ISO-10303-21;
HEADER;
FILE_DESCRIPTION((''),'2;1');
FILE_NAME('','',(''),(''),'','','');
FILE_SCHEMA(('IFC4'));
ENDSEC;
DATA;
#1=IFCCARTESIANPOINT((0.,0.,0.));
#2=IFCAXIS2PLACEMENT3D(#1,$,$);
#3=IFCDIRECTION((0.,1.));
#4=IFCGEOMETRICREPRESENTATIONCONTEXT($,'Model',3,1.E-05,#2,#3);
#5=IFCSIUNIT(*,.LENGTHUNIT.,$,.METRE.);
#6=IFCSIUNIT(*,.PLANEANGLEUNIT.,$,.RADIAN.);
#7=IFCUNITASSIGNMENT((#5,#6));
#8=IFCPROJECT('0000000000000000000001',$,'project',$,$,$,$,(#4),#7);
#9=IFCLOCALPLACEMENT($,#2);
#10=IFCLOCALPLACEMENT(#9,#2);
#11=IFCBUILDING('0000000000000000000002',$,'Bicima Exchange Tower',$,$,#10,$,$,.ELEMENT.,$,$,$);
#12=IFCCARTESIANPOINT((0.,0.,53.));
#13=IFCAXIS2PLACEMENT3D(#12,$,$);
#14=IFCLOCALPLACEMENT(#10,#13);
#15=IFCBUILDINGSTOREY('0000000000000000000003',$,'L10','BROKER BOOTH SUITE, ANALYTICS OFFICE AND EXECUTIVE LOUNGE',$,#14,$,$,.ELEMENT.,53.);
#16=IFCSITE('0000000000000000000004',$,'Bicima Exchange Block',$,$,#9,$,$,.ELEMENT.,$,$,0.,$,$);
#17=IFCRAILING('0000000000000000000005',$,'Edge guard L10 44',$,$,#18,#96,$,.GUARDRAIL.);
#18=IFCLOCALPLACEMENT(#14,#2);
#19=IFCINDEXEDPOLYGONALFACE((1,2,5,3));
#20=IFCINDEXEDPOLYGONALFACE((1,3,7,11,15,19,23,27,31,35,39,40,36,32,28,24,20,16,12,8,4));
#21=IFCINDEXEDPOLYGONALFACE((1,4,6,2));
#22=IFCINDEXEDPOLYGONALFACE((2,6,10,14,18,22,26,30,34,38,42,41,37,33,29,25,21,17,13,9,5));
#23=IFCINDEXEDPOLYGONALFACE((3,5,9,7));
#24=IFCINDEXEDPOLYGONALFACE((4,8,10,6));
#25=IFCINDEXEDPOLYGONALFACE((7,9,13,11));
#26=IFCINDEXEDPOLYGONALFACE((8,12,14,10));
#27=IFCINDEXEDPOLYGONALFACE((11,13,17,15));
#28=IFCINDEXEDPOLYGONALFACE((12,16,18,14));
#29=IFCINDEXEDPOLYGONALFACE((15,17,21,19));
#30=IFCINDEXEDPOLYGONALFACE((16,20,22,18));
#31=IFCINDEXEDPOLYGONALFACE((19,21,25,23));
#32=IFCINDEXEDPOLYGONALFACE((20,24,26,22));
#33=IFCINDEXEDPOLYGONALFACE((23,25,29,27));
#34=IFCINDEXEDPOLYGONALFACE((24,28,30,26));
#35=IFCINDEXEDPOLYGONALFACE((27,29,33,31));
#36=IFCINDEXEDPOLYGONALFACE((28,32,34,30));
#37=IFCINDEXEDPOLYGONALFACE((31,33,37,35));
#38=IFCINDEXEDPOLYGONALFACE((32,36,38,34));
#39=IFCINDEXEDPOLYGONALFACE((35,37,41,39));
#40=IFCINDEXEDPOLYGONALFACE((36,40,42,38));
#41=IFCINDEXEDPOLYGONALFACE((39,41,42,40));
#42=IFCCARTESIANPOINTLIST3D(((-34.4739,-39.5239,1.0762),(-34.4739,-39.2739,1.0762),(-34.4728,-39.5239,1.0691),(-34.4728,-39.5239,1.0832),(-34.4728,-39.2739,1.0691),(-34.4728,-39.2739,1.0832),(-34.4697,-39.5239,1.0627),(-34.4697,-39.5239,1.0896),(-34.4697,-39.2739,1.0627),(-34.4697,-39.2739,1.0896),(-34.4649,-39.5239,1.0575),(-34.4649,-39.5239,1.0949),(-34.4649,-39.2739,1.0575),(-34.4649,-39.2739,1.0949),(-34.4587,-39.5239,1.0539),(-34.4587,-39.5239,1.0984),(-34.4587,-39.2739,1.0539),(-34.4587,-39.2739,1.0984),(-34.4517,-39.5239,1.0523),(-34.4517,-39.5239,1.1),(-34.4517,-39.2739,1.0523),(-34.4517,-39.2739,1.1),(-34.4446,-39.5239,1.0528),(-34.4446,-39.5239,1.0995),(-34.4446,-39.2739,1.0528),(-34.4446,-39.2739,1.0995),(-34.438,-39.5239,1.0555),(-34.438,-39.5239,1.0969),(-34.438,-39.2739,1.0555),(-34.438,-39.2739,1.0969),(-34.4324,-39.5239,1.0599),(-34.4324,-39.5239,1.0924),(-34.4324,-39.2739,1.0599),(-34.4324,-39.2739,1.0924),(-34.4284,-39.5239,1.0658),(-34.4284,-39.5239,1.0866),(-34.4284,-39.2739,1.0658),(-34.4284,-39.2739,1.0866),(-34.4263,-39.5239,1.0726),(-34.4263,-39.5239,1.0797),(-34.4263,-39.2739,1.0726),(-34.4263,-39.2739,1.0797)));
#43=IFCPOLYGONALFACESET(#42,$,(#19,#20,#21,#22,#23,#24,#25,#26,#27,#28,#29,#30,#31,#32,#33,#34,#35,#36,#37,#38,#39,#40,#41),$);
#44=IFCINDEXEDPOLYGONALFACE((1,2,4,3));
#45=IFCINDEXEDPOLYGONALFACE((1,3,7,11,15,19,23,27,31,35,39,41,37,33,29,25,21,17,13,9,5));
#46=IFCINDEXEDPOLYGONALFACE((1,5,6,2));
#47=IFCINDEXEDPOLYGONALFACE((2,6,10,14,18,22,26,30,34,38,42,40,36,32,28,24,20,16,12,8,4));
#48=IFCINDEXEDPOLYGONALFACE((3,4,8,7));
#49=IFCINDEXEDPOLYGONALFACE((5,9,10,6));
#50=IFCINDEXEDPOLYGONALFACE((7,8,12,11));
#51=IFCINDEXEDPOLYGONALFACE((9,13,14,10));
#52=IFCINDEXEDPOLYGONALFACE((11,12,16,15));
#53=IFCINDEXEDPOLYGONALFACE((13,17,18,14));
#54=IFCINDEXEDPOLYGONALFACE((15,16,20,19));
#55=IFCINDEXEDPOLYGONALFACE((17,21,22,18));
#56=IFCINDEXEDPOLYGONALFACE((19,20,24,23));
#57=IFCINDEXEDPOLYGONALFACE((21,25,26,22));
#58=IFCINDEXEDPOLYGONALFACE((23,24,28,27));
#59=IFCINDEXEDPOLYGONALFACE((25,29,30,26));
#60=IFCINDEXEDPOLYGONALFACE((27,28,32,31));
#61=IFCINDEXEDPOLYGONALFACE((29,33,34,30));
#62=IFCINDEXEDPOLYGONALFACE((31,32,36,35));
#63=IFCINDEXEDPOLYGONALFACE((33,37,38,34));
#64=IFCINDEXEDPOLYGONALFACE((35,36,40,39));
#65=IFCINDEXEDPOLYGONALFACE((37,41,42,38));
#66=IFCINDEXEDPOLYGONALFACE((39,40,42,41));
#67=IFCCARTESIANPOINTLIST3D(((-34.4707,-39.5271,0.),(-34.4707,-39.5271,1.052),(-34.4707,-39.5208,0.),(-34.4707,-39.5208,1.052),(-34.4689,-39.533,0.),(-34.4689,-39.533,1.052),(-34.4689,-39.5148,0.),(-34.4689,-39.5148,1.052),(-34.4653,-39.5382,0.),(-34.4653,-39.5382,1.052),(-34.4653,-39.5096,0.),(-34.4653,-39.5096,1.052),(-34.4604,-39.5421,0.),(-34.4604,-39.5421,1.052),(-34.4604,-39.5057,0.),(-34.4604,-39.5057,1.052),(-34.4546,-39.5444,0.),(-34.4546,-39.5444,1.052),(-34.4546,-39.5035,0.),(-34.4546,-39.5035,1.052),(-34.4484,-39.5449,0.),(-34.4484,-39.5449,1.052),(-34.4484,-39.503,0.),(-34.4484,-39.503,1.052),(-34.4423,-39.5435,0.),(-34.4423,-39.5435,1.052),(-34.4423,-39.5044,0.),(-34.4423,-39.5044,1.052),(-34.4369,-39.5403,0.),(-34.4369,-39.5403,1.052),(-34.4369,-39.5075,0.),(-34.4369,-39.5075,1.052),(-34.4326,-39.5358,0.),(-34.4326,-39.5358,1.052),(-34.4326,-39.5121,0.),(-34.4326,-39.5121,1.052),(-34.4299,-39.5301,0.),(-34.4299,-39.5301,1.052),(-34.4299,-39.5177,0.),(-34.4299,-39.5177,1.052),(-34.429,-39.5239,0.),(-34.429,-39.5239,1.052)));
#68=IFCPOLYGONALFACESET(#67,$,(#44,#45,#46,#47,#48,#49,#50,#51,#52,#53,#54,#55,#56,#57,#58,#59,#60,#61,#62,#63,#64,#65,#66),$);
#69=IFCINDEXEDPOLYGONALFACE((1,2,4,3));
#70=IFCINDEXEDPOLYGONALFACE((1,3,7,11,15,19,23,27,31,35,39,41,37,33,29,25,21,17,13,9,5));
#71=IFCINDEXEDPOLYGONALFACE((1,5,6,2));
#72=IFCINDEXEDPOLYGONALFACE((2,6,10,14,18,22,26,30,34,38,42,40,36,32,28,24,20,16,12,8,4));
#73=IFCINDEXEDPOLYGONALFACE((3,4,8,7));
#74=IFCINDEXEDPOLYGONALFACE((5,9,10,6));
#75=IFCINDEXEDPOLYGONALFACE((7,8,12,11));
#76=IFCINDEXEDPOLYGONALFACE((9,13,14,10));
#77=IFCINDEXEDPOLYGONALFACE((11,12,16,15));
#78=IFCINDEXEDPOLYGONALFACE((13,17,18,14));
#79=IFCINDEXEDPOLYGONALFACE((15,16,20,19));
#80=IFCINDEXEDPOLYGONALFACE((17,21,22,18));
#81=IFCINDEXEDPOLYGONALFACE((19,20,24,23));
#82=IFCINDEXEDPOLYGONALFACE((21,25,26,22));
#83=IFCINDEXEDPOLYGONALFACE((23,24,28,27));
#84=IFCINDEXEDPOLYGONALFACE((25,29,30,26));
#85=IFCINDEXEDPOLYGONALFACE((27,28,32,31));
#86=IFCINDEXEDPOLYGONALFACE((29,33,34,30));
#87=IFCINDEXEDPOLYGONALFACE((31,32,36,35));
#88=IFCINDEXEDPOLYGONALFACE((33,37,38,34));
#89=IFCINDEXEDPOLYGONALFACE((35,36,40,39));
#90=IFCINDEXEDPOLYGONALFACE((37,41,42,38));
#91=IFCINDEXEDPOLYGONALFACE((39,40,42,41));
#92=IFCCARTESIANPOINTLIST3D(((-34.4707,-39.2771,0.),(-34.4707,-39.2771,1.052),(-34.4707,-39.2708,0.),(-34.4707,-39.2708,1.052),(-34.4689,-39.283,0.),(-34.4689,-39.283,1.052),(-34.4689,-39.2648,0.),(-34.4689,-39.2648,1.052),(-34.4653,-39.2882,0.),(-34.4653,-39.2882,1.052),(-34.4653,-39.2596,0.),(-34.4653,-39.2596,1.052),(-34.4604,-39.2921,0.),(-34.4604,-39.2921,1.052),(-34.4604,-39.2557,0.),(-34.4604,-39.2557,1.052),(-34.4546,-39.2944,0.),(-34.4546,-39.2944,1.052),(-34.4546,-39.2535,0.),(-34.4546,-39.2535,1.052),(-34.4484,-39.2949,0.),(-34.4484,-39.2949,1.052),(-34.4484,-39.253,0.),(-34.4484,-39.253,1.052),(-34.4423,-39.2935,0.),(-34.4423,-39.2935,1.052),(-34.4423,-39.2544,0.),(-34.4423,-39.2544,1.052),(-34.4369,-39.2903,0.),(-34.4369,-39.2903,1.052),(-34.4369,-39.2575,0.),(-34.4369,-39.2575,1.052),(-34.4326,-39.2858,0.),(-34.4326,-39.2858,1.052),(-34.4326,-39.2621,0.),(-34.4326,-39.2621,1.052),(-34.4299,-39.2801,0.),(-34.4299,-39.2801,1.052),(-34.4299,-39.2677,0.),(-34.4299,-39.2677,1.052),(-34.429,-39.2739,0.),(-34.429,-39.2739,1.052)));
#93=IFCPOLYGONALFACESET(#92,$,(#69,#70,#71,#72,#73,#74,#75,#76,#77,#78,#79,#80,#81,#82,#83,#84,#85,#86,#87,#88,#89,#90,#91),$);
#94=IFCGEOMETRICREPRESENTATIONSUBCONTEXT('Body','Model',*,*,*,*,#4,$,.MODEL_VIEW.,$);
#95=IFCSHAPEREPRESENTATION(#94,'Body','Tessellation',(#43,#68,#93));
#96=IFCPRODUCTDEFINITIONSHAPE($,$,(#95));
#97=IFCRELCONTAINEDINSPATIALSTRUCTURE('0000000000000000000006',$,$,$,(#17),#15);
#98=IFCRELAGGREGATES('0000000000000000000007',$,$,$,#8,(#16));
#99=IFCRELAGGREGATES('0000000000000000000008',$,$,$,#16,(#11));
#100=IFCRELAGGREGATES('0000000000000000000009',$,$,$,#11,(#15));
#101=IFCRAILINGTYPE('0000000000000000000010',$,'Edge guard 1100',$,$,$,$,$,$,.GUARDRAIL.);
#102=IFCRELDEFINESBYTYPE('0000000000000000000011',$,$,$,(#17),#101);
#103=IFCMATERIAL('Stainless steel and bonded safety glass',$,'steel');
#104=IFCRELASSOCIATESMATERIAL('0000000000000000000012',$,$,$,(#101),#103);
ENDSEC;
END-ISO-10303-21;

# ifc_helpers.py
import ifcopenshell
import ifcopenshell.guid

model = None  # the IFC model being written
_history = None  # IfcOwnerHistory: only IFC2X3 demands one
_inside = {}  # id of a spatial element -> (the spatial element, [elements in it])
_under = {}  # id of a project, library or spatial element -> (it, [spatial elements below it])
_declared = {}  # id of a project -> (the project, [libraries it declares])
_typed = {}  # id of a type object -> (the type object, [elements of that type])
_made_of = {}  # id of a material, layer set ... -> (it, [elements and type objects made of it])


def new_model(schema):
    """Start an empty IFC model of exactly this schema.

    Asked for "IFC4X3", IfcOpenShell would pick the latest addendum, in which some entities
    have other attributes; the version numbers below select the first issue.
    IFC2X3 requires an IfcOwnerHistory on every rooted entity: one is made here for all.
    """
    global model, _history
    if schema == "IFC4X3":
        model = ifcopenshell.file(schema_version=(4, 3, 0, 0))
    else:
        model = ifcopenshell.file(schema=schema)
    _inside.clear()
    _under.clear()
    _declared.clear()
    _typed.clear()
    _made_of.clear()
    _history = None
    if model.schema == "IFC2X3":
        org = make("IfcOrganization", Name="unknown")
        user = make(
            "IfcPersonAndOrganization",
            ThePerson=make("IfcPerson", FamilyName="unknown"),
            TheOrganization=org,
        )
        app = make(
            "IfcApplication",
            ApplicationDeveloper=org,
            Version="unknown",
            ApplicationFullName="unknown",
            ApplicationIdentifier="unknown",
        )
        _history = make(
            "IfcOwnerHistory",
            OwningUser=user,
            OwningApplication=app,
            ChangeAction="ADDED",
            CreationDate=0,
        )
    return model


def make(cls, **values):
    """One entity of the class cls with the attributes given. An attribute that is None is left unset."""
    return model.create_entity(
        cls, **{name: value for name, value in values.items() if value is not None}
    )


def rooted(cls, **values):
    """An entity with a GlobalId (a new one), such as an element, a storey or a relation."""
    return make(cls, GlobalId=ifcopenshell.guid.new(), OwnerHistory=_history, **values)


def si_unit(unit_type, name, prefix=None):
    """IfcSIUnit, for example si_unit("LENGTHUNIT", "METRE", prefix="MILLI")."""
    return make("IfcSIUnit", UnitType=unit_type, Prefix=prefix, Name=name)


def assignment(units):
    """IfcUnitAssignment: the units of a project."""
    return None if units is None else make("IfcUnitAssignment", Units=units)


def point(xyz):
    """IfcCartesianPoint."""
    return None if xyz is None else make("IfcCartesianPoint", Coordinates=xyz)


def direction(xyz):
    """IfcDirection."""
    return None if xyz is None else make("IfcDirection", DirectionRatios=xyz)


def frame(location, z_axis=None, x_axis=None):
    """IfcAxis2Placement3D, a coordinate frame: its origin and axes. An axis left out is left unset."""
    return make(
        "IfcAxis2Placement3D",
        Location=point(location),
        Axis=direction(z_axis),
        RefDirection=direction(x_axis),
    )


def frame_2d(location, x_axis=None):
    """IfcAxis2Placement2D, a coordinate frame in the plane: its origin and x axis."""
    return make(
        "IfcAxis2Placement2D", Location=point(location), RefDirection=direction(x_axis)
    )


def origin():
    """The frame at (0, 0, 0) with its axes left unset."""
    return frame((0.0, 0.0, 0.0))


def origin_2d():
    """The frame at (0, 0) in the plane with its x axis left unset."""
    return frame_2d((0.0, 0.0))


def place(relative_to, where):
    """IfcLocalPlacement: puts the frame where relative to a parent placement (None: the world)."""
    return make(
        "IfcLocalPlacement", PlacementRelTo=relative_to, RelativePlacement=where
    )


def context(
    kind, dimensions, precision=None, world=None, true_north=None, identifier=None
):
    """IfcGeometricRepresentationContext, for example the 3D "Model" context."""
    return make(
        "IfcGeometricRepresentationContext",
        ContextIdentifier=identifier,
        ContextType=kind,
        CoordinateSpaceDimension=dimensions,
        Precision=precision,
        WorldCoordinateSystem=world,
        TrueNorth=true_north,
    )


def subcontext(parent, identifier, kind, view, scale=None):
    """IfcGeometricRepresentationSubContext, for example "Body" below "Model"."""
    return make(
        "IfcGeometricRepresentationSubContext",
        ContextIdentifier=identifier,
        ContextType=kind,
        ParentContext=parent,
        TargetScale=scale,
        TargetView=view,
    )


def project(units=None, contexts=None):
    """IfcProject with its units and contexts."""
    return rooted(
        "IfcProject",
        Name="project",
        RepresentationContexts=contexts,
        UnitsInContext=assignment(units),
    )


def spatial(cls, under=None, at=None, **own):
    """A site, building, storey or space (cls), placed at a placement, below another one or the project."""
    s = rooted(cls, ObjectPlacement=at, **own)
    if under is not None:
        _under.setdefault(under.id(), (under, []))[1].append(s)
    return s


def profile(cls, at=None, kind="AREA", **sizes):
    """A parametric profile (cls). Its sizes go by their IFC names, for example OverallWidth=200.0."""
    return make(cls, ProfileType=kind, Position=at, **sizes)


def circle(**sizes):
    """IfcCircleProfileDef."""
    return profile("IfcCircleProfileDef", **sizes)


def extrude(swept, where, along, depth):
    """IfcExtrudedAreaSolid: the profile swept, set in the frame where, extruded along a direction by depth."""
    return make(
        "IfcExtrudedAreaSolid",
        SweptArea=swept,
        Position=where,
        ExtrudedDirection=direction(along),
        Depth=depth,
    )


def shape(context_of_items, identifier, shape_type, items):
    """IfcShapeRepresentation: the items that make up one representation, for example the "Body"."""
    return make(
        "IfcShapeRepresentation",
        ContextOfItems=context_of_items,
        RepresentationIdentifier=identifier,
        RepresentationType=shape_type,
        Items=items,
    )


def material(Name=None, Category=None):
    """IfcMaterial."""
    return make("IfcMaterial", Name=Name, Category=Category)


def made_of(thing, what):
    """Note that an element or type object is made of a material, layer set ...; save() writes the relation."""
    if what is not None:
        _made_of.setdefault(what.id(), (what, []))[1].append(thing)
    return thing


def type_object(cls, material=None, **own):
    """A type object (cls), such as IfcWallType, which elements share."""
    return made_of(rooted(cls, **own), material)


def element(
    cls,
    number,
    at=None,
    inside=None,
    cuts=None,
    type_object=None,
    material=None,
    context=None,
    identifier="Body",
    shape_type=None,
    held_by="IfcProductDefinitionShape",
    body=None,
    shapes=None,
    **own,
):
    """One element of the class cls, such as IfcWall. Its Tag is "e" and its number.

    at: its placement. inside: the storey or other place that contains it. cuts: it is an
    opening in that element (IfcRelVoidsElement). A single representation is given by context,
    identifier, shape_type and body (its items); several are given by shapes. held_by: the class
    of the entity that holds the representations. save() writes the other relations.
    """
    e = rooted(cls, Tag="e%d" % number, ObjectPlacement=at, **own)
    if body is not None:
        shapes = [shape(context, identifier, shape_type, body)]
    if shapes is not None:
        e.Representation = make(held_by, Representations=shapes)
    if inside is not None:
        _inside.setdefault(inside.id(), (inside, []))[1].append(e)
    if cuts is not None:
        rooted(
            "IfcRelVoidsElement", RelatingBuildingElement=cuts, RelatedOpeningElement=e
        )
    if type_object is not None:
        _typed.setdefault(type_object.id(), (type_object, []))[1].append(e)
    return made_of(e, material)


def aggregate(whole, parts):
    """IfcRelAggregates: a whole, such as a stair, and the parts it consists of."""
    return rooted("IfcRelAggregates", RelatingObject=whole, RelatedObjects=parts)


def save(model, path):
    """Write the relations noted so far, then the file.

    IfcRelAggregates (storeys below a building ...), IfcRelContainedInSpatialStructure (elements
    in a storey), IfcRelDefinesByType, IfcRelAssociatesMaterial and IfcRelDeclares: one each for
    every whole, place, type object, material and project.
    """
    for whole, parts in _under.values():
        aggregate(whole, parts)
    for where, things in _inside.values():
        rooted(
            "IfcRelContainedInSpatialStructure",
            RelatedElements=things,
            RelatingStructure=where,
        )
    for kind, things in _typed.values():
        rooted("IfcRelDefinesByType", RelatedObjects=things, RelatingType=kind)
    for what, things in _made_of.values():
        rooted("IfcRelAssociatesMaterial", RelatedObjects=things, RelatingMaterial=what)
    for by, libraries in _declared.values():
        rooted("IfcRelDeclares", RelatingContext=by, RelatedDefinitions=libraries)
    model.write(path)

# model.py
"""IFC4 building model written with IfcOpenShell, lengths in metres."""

from ifc_helpers import new_model, si_unit, direction, frame, origin, origin_2d, place, context, subcontext, project, spatial, circle, extrude, material, type_object, element, save


model = new_model("IFC4")

# Units and contexts
model_context = context("Model", 3, precision=1e-05, world=origin(), true_north=direction((0.0, 1.0)))
body_context = subcontext(model_context, "Body", "Model", "MODEL_VIEW")
ifc_project = project(units=[si_unit("LENGTHUNIT", "METRE"), si_unit("PLANEANGLEUNIT", "RADIAN")], contexts=[model_context])

# Site, building, storey
site_placement = place(None, origin())
site = spatial("IfcSite", under=ifc_project, at=site_placement, Name="Bicima Exchange Block", CompositionType="ELEMENT", RefElevation=0.0)
building_placement = place(site_placement, origin())
building = spatial("IfcBuilding", under=site, at=building_placement, Name="Bicima Exchange Tower", CompositionType="ELEMENT")
storey_placement = place(building_placement, frame((0.0, 0.0, 53.0)))
storey = spatial("IfcBuildingStorey", under=building, at=storey_placement, Name="L10", Description="BROKER BOOTH SUITE, ANALYTICS OFFICE AND EXECUTIVE LOUNGE", CompositionType="ELEMENT", Elevation=53.0)

# Railing
ifc_material_1 = material(Name="Stainless steel and bonded safety glass", Category="steel")
railing_type = type_object("IfcRailingType", Name="Edge guard 1100", PredefinedType="GUARDRAIL", material=ifc_material_1)
railing_1_placement = place(storey_placement, frame((-34.45, -39.5239, 0.0)))
element("IfcRailing", 1, at=railing_1_placement, inside=storey, type_object=railing_type, Name="Edge guard L10 44", PredefinedType="GUARDRAIL", context=body_context, shape_type="SweptSolid", body=[
    extrude(circle(Radius=0.0239, at=origin_2d()), frame((0.0, 0.0, 1.0762), z_axis=(0.0, 1.0, 0.0), x_axis=(-1.0, 0.0, 0.0)), (0.0, 0.0, 1.0), 0.25),
    extrude(circle(Radius=0.021, at=origin_2d()), origin(), (0.0, 0.0, 1.0), 1.052),
    extrude(circle(Radius=0.021, at=origin_2d()), frame((0.0, 0.25, 0.0)), (0.0, 0.0, 1.0), 1.052),
])

save(model, "model.ifc")
